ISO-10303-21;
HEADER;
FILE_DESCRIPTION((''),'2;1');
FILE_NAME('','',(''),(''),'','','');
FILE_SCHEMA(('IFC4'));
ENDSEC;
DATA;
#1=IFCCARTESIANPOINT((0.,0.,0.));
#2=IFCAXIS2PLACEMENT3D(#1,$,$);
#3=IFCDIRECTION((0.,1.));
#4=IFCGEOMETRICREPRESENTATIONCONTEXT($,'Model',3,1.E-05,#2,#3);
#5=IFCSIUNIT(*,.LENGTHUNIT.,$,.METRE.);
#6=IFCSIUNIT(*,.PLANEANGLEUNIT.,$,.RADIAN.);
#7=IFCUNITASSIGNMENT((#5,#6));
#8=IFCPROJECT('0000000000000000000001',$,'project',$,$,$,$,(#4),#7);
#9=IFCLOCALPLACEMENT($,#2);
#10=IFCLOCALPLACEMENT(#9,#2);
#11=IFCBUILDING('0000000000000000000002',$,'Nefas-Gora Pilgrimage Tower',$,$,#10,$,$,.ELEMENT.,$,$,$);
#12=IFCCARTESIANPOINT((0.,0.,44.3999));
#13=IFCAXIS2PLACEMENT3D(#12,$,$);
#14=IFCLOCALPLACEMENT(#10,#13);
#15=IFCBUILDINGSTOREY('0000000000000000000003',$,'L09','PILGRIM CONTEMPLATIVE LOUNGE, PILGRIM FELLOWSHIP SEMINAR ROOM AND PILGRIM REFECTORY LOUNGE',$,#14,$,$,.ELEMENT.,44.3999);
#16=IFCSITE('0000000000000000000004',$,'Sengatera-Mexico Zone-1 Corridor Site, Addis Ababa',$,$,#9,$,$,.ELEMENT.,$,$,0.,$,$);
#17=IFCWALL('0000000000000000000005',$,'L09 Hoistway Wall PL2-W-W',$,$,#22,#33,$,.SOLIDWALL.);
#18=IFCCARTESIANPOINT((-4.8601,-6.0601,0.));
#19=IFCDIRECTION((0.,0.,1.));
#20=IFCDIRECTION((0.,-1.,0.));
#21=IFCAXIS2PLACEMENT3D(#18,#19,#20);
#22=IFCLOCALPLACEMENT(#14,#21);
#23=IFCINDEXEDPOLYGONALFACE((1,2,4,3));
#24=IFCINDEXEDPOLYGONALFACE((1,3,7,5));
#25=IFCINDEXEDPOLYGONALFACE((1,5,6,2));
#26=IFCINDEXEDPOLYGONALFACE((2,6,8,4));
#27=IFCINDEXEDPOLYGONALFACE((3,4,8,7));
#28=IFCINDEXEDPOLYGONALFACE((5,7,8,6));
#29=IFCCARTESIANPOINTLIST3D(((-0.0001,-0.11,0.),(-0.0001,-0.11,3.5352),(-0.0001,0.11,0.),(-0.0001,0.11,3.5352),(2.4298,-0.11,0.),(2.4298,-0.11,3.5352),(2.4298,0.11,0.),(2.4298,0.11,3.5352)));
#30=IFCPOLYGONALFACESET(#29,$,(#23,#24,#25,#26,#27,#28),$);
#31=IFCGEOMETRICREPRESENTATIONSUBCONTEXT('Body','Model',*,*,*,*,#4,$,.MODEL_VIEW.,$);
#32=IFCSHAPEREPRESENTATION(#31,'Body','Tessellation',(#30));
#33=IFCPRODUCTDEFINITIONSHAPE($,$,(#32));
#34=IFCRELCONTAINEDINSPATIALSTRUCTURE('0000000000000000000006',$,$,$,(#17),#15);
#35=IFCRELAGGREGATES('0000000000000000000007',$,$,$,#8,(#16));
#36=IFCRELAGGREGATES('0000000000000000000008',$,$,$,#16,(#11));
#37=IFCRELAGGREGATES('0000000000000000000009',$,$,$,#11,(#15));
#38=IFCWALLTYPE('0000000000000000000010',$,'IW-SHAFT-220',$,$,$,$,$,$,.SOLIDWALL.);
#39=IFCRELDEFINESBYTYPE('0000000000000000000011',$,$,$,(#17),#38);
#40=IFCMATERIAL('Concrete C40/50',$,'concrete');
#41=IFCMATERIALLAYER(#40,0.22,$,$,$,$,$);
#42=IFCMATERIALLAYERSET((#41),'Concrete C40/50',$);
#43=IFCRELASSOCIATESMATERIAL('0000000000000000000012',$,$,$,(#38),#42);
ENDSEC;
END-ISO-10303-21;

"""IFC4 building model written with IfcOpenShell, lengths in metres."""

from ifc_helpers import new_model, si_unit, direction, frame, frame_2d, origin, place, context, subcontext, project, spatial, rectangle, extrude, source, transform, mapped, material, layer, layer_set, type_object, element, save


model = new_model("IFC4")

# Units and contexts
model_context = context("Model", 3, precision=1e-05, world=origin(), true_north=direction((0.0, 1.0)))
body_context = subcontext(model_context, "Body", "Model", "MODEL_VIEW")
ifc_project = project(units=[si_unit("LENGTHUNIT", "METRE"), si_unit("PLANEANGLEUNIT", "RADIAN")], contexts=[model_context])

# Site, building, storey
site_placement = place(None, origin())
site = spatial("IfcSite", under=ifc_project, at=site_placement, Name="Sengatera-Mexico Zone-1 Corridor Site, Addis Ababa", CompositionType="ELEMENT", RefElevation=0.0)
building_placement = place(site_placement, origin())
building = spatial("IfcBuilding", under=site, at=building_placement, Name="Nefas-Gora Pilgrimage Tower", CompositionType="ELEMENT")
storey_placement = place(building_placement, frame((0.0, 0.0, 44.3999)))
storey = spatial("IfcBuildingStorey", under=building, at=storey_placement, Name="L09", Description="PILGRIM CONTEMPLATIVE LOUNGE, PILGRIM FELLOWSHIP SEMINAR ROOM AND PILGRIM REFECTORY LOUNGE", CompositionType="ELEMENT", Elevation=44.3999)

# Wall
ifc_material_1 = material(Name="Concrete C40/50", Category="concrete")
ifc_layer_1 = layer(ifc_material_1, 0.22)
ifc_layer_set_1 = layer_set([ifc_layer_1], Name="Concrete C40/50")
wall_type_1 = type_object("IfcWallType", Name="IW-SHAFT-220", PredefinedType="SOLIDWALL", material=ifc_layer_set_1)
shared_shape_1 = source(origin(), body_context, "Body", "SweptSolid", [
    extrude(rectangle(XDim=2.4299, YDim=0.22, at=frame_2d((1.2148, 0.0))), origin(), (0.0, 0.0, 1.0), 3.5352),
])
for number, where, z_axis, x_axis, name in (
    (1, (-4.8601, -6.0601, 0.0), (0.0, 0.0, 1.0), (0.0, -1.0, 0.0), "L09 Hoistway Wall PL2-W-W"),
):
    element("IfcWall", number, at=place(storey_placement, frame(where, z_axis=z_axis, x_axis=x_axis)), inside=storey, type_object=wall_type_1, Name=name, PredefinedType="SOLIDWALL", context=body_context, shape_type="MappedRepresentation", body=[
        mapped(shared_shape_1, transform((0.0, 0.0, 0.0), x_axis=(1.0, 0.0, 0.0), y_axis=(0.0, 1.0, 0.0), z_axis=(0.0, 0.0, 1.0), scale=1.0)),
    ])

save(model, "model.ifc")
